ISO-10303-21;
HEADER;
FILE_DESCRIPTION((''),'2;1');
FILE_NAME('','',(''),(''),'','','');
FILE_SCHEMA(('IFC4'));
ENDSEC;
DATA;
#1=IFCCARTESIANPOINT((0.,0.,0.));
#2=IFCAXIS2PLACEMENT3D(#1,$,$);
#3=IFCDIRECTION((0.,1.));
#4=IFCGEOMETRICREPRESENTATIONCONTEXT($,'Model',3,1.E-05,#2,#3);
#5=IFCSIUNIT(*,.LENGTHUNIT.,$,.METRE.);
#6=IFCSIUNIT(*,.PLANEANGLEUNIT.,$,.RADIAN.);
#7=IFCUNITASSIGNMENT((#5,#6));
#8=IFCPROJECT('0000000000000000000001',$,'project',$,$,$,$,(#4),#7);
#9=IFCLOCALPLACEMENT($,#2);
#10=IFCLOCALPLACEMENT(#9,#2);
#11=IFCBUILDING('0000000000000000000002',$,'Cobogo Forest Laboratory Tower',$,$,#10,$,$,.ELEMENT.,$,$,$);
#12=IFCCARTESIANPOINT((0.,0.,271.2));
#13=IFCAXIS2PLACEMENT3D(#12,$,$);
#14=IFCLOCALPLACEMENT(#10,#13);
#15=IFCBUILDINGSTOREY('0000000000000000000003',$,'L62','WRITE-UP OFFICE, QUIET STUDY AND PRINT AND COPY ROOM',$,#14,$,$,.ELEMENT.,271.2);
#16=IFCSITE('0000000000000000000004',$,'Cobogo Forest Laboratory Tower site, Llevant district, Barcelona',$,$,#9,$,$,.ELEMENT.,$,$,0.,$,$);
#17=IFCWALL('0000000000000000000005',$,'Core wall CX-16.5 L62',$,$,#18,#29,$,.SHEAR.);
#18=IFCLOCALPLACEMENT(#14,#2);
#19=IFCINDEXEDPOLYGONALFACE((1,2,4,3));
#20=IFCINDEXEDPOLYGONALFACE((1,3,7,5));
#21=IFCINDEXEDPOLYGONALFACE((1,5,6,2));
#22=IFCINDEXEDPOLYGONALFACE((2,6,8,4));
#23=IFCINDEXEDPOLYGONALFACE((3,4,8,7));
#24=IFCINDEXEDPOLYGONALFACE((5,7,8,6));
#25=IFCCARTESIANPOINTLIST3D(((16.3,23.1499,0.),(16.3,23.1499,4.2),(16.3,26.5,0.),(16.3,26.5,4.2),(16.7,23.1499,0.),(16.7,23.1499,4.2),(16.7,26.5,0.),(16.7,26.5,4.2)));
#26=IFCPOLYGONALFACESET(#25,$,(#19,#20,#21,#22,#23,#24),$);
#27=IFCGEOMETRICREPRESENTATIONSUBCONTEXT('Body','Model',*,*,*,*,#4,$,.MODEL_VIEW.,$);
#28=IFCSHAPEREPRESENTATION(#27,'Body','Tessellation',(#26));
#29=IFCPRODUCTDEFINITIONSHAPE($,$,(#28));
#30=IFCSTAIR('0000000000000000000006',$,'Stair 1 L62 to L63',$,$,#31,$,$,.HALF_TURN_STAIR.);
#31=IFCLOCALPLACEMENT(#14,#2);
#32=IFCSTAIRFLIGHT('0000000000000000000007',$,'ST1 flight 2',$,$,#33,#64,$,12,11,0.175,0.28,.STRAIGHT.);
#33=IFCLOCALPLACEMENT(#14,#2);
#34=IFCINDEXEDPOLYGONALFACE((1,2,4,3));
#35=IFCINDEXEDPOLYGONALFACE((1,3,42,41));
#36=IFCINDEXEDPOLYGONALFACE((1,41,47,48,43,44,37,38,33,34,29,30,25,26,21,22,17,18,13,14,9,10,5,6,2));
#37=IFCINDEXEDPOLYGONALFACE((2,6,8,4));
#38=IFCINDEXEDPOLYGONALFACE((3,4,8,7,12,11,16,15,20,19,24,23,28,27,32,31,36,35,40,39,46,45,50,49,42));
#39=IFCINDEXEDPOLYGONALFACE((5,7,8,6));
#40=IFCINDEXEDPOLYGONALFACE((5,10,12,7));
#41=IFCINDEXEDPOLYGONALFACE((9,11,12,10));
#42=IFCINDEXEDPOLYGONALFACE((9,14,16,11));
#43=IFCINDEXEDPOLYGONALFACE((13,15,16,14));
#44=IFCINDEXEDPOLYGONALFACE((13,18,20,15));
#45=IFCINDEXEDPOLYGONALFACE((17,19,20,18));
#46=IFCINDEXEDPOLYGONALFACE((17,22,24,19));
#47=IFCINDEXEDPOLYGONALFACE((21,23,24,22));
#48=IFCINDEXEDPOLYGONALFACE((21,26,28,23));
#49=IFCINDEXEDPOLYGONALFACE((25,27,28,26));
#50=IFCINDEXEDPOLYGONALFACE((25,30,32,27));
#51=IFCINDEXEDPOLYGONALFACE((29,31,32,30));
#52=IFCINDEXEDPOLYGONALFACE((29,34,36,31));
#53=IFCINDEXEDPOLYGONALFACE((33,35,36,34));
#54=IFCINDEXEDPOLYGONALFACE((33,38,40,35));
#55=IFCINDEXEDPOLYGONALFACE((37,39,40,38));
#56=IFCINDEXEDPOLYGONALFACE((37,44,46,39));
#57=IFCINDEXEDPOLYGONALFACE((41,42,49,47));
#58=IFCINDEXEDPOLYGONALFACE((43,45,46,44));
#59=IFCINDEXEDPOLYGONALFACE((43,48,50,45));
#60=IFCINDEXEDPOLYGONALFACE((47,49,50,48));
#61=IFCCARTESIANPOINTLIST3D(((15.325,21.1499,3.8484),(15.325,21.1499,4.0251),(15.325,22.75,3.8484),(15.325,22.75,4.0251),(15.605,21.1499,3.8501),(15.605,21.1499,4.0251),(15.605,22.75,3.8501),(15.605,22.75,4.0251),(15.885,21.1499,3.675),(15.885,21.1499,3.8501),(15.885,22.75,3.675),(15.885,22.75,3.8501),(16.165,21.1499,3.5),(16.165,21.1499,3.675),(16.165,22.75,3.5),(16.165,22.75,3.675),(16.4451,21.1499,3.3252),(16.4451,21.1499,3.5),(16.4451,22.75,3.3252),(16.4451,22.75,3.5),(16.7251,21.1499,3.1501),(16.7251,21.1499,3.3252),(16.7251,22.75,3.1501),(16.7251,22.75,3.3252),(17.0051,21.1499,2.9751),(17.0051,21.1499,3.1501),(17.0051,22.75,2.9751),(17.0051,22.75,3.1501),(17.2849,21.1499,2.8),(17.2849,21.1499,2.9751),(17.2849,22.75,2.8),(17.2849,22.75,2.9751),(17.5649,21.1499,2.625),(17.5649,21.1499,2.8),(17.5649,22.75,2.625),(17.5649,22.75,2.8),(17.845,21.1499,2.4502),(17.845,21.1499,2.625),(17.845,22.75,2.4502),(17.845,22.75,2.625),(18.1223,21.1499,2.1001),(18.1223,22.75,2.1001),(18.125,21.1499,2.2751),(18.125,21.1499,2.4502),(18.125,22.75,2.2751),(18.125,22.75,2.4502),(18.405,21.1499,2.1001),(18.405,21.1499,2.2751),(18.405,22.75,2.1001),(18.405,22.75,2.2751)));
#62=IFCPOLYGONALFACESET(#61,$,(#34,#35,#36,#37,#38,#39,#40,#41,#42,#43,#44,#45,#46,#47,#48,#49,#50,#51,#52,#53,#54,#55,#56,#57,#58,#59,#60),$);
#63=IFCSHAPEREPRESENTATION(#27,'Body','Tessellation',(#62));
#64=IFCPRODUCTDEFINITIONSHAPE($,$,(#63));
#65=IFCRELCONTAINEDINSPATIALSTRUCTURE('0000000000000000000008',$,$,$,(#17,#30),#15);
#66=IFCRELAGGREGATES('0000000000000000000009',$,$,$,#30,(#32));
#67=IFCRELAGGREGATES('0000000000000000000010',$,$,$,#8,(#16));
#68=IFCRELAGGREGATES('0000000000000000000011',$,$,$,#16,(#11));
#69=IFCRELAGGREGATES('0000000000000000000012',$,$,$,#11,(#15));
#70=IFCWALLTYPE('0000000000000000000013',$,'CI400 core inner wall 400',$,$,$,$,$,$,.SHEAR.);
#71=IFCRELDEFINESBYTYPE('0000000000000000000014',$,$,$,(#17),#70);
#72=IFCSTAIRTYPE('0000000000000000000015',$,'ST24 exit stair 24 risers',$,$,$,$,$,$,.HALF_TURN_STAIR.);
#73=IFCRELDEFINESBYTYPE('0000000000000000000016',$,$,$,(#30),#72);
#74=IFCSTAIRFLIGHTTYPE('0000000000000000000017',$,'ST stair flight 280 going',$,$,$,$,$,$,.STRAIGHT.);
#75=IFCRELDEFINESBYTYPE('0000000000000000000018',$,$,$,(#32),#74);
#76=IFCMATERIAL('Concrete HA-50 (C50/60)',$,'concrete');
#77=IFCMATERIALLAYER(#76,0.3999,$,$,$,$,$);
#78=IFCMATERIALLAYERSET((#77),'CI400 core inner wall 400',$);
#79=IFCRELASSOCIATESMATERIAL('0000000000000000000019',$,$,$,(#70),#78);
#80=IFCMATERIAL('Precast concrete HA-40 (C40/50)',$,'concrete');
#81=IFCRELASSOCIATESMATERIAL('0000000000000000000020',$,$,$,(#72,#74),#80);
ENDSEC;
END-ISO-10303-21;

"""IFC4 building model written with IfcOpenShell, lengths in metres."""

from ifc_helpers import new_model, si_unit, direction, frame, frame_2d, origin, place, context, subcontext, project, spatial, polyline, rectangle, outline, extrude, material, layer, layer_set, type_object, element, aggregate, save


model = new_model("IFC4")

# Units and contexts
model_context = context("Model", 3, precision=1e-05, world=origin(), true_north=direction((0.0, 1.0)))
body_context = subcontext(model_context, "Body", "Model", "MODEL_VIEW")
ifc_project = project(units=[si_unit("LENGTHUNIT", "METRE"), si_unit("PLANEANGLEUNIT", "RADIAN")], contexts=[model_context])

# Site, building, storey
site_placement = place(None, origin())
site = spatial("IfcSite", under=ifc_project, at=site_placement, Name="Cobogo Forest Laboratory Tower site, Llevant district, Barcelona", CompositionType="ELEMENT", RefElevation=0.0)
building_placement = place(site_placement, origin())
building = spatial("IfcBuilding", under=site, at=building_placement, Name="Cobogo Forest Laboratory Tower", CompositionType="ELEMENT")
storey_placement = place(building_placement, frame((0.0, 0.0, 271.2)))
storey = spatial("IfcBuildingStorey", under=building, at=storey_placement, Name="L62", Description="WRITE-UP OFFICE, QUIET STUDY AND PRINT AND COPY ROOM", CompositionType="ELEMENT", Elevation=271.2)

# Shared definitions
ifc_material_1 = material(Name="Concrete HA-50 (C50/60)", Category="concrete")
ifc_layer = layer(ifc_material_1, 0.3999)
ifc_layer_set = layer_set([ifc_layer], Name="CI400 core inner wall 400")
wall_type = type_object("IfcWallType", Name="CI400 core inner wall 400", PredefinedType="SHEAR", material=ifc_layer_set)

# Wall
wall_1_placement = place(storey_placement, frame((16.5, 23.1499, 0.0), z_axis=(0.0, 0.0, 1.0), x_axis=(0.0, 1.0, 0.0)))
element("IfcWall", 1, at=wall_1_placement, inside=storey, type_object=wall_type, Name="Core wall CX-16.5 L62", PredefinedType="SHEAR", context=body_context, shape_type="SweptSolid", body=[
    extrude(rectangle(XDim=3.3501, YDim=0.3999, at=frame_2d((1.675, 0.0))), origin(), (0.0, 0.0, 1.0), 4.2),
])

# Stair, stair flight
ifc_material_2 = material(Name="Precast concrete HA-40 (C40/50)", Category="concrete")
stair_type = type_object("IfcStairType", Name="ST24 exit stair 24 risers", PredefinedType="HALF_TURN_STAIR", material=ifc_material_2)
stair_placement = place(storey_placement, origin())
stair = element("IfcStair", 2, at=stair_placement, inside=storey, type_object=stair_type, Name="Stair 1 L62 to L63", PredefinedType="HALF_TURN_STAIR")
stair_flight_type = type_object("IfcStairFlightType", Name="ST stair flight 280 going", PredefinedType="STRAIGHT", material=ifc_material_2)
stair_flight_placement = place(storey_placement, frame((18.405, 21.95, 2.1001), z_axis=(0.0, 0.0, 1.0), x_axis=(-1.0, 0.0, 0.0)))
stair_flight = element("IfcStairFlight", 3, at=stair_flight_placement, type_object=stair_flight_type, Name="ST1 flight 2", NumberOfRisers=12, NumberOfTreads=11, PredefinedType="STRAIGHT", RiserHeight=0.175, TreadLength=0.28, context=body_context, shape_type="SweptSolid", body=[
    extrude(outline(polyline([(0.0, 0.0), (0.0, 0.175), (0.28, 0.175), (0.28, 0.3501), (0.5601, 0.3501), (0.5601, 0.5249), (0.8401, 0.5249), (0.8401, 0.7), (1.1201, 0.7), (1.1201, 0.875), (1.3999, 0.875), (1.3999, 1.05), (1.6799, 1.05), (1.6799, 1.2251), (1.96, 1.2251), (1.96, 1.3999), (2.24, 1.3999), (2.24, 1.575), (2.52, 1.575), (2.52, 1.75), (2.8, 1.75), (2.8, 1.925), (3.0801, 1.925), (3.0801, 2.1001), (3.0801, 1.7483), (0.2827, 0.0), (0.0, 0.0)])), frame((0.0, 0.8, 0.0), z_axis=(0.0, -1.0, 0.0), x_axis=(1.0, 0.0, 0.0)), (0.0, 0.0, 1.0), 1.6001),
])
aggregate(stair, [stair_flight])

save(model, "model.ifc")
